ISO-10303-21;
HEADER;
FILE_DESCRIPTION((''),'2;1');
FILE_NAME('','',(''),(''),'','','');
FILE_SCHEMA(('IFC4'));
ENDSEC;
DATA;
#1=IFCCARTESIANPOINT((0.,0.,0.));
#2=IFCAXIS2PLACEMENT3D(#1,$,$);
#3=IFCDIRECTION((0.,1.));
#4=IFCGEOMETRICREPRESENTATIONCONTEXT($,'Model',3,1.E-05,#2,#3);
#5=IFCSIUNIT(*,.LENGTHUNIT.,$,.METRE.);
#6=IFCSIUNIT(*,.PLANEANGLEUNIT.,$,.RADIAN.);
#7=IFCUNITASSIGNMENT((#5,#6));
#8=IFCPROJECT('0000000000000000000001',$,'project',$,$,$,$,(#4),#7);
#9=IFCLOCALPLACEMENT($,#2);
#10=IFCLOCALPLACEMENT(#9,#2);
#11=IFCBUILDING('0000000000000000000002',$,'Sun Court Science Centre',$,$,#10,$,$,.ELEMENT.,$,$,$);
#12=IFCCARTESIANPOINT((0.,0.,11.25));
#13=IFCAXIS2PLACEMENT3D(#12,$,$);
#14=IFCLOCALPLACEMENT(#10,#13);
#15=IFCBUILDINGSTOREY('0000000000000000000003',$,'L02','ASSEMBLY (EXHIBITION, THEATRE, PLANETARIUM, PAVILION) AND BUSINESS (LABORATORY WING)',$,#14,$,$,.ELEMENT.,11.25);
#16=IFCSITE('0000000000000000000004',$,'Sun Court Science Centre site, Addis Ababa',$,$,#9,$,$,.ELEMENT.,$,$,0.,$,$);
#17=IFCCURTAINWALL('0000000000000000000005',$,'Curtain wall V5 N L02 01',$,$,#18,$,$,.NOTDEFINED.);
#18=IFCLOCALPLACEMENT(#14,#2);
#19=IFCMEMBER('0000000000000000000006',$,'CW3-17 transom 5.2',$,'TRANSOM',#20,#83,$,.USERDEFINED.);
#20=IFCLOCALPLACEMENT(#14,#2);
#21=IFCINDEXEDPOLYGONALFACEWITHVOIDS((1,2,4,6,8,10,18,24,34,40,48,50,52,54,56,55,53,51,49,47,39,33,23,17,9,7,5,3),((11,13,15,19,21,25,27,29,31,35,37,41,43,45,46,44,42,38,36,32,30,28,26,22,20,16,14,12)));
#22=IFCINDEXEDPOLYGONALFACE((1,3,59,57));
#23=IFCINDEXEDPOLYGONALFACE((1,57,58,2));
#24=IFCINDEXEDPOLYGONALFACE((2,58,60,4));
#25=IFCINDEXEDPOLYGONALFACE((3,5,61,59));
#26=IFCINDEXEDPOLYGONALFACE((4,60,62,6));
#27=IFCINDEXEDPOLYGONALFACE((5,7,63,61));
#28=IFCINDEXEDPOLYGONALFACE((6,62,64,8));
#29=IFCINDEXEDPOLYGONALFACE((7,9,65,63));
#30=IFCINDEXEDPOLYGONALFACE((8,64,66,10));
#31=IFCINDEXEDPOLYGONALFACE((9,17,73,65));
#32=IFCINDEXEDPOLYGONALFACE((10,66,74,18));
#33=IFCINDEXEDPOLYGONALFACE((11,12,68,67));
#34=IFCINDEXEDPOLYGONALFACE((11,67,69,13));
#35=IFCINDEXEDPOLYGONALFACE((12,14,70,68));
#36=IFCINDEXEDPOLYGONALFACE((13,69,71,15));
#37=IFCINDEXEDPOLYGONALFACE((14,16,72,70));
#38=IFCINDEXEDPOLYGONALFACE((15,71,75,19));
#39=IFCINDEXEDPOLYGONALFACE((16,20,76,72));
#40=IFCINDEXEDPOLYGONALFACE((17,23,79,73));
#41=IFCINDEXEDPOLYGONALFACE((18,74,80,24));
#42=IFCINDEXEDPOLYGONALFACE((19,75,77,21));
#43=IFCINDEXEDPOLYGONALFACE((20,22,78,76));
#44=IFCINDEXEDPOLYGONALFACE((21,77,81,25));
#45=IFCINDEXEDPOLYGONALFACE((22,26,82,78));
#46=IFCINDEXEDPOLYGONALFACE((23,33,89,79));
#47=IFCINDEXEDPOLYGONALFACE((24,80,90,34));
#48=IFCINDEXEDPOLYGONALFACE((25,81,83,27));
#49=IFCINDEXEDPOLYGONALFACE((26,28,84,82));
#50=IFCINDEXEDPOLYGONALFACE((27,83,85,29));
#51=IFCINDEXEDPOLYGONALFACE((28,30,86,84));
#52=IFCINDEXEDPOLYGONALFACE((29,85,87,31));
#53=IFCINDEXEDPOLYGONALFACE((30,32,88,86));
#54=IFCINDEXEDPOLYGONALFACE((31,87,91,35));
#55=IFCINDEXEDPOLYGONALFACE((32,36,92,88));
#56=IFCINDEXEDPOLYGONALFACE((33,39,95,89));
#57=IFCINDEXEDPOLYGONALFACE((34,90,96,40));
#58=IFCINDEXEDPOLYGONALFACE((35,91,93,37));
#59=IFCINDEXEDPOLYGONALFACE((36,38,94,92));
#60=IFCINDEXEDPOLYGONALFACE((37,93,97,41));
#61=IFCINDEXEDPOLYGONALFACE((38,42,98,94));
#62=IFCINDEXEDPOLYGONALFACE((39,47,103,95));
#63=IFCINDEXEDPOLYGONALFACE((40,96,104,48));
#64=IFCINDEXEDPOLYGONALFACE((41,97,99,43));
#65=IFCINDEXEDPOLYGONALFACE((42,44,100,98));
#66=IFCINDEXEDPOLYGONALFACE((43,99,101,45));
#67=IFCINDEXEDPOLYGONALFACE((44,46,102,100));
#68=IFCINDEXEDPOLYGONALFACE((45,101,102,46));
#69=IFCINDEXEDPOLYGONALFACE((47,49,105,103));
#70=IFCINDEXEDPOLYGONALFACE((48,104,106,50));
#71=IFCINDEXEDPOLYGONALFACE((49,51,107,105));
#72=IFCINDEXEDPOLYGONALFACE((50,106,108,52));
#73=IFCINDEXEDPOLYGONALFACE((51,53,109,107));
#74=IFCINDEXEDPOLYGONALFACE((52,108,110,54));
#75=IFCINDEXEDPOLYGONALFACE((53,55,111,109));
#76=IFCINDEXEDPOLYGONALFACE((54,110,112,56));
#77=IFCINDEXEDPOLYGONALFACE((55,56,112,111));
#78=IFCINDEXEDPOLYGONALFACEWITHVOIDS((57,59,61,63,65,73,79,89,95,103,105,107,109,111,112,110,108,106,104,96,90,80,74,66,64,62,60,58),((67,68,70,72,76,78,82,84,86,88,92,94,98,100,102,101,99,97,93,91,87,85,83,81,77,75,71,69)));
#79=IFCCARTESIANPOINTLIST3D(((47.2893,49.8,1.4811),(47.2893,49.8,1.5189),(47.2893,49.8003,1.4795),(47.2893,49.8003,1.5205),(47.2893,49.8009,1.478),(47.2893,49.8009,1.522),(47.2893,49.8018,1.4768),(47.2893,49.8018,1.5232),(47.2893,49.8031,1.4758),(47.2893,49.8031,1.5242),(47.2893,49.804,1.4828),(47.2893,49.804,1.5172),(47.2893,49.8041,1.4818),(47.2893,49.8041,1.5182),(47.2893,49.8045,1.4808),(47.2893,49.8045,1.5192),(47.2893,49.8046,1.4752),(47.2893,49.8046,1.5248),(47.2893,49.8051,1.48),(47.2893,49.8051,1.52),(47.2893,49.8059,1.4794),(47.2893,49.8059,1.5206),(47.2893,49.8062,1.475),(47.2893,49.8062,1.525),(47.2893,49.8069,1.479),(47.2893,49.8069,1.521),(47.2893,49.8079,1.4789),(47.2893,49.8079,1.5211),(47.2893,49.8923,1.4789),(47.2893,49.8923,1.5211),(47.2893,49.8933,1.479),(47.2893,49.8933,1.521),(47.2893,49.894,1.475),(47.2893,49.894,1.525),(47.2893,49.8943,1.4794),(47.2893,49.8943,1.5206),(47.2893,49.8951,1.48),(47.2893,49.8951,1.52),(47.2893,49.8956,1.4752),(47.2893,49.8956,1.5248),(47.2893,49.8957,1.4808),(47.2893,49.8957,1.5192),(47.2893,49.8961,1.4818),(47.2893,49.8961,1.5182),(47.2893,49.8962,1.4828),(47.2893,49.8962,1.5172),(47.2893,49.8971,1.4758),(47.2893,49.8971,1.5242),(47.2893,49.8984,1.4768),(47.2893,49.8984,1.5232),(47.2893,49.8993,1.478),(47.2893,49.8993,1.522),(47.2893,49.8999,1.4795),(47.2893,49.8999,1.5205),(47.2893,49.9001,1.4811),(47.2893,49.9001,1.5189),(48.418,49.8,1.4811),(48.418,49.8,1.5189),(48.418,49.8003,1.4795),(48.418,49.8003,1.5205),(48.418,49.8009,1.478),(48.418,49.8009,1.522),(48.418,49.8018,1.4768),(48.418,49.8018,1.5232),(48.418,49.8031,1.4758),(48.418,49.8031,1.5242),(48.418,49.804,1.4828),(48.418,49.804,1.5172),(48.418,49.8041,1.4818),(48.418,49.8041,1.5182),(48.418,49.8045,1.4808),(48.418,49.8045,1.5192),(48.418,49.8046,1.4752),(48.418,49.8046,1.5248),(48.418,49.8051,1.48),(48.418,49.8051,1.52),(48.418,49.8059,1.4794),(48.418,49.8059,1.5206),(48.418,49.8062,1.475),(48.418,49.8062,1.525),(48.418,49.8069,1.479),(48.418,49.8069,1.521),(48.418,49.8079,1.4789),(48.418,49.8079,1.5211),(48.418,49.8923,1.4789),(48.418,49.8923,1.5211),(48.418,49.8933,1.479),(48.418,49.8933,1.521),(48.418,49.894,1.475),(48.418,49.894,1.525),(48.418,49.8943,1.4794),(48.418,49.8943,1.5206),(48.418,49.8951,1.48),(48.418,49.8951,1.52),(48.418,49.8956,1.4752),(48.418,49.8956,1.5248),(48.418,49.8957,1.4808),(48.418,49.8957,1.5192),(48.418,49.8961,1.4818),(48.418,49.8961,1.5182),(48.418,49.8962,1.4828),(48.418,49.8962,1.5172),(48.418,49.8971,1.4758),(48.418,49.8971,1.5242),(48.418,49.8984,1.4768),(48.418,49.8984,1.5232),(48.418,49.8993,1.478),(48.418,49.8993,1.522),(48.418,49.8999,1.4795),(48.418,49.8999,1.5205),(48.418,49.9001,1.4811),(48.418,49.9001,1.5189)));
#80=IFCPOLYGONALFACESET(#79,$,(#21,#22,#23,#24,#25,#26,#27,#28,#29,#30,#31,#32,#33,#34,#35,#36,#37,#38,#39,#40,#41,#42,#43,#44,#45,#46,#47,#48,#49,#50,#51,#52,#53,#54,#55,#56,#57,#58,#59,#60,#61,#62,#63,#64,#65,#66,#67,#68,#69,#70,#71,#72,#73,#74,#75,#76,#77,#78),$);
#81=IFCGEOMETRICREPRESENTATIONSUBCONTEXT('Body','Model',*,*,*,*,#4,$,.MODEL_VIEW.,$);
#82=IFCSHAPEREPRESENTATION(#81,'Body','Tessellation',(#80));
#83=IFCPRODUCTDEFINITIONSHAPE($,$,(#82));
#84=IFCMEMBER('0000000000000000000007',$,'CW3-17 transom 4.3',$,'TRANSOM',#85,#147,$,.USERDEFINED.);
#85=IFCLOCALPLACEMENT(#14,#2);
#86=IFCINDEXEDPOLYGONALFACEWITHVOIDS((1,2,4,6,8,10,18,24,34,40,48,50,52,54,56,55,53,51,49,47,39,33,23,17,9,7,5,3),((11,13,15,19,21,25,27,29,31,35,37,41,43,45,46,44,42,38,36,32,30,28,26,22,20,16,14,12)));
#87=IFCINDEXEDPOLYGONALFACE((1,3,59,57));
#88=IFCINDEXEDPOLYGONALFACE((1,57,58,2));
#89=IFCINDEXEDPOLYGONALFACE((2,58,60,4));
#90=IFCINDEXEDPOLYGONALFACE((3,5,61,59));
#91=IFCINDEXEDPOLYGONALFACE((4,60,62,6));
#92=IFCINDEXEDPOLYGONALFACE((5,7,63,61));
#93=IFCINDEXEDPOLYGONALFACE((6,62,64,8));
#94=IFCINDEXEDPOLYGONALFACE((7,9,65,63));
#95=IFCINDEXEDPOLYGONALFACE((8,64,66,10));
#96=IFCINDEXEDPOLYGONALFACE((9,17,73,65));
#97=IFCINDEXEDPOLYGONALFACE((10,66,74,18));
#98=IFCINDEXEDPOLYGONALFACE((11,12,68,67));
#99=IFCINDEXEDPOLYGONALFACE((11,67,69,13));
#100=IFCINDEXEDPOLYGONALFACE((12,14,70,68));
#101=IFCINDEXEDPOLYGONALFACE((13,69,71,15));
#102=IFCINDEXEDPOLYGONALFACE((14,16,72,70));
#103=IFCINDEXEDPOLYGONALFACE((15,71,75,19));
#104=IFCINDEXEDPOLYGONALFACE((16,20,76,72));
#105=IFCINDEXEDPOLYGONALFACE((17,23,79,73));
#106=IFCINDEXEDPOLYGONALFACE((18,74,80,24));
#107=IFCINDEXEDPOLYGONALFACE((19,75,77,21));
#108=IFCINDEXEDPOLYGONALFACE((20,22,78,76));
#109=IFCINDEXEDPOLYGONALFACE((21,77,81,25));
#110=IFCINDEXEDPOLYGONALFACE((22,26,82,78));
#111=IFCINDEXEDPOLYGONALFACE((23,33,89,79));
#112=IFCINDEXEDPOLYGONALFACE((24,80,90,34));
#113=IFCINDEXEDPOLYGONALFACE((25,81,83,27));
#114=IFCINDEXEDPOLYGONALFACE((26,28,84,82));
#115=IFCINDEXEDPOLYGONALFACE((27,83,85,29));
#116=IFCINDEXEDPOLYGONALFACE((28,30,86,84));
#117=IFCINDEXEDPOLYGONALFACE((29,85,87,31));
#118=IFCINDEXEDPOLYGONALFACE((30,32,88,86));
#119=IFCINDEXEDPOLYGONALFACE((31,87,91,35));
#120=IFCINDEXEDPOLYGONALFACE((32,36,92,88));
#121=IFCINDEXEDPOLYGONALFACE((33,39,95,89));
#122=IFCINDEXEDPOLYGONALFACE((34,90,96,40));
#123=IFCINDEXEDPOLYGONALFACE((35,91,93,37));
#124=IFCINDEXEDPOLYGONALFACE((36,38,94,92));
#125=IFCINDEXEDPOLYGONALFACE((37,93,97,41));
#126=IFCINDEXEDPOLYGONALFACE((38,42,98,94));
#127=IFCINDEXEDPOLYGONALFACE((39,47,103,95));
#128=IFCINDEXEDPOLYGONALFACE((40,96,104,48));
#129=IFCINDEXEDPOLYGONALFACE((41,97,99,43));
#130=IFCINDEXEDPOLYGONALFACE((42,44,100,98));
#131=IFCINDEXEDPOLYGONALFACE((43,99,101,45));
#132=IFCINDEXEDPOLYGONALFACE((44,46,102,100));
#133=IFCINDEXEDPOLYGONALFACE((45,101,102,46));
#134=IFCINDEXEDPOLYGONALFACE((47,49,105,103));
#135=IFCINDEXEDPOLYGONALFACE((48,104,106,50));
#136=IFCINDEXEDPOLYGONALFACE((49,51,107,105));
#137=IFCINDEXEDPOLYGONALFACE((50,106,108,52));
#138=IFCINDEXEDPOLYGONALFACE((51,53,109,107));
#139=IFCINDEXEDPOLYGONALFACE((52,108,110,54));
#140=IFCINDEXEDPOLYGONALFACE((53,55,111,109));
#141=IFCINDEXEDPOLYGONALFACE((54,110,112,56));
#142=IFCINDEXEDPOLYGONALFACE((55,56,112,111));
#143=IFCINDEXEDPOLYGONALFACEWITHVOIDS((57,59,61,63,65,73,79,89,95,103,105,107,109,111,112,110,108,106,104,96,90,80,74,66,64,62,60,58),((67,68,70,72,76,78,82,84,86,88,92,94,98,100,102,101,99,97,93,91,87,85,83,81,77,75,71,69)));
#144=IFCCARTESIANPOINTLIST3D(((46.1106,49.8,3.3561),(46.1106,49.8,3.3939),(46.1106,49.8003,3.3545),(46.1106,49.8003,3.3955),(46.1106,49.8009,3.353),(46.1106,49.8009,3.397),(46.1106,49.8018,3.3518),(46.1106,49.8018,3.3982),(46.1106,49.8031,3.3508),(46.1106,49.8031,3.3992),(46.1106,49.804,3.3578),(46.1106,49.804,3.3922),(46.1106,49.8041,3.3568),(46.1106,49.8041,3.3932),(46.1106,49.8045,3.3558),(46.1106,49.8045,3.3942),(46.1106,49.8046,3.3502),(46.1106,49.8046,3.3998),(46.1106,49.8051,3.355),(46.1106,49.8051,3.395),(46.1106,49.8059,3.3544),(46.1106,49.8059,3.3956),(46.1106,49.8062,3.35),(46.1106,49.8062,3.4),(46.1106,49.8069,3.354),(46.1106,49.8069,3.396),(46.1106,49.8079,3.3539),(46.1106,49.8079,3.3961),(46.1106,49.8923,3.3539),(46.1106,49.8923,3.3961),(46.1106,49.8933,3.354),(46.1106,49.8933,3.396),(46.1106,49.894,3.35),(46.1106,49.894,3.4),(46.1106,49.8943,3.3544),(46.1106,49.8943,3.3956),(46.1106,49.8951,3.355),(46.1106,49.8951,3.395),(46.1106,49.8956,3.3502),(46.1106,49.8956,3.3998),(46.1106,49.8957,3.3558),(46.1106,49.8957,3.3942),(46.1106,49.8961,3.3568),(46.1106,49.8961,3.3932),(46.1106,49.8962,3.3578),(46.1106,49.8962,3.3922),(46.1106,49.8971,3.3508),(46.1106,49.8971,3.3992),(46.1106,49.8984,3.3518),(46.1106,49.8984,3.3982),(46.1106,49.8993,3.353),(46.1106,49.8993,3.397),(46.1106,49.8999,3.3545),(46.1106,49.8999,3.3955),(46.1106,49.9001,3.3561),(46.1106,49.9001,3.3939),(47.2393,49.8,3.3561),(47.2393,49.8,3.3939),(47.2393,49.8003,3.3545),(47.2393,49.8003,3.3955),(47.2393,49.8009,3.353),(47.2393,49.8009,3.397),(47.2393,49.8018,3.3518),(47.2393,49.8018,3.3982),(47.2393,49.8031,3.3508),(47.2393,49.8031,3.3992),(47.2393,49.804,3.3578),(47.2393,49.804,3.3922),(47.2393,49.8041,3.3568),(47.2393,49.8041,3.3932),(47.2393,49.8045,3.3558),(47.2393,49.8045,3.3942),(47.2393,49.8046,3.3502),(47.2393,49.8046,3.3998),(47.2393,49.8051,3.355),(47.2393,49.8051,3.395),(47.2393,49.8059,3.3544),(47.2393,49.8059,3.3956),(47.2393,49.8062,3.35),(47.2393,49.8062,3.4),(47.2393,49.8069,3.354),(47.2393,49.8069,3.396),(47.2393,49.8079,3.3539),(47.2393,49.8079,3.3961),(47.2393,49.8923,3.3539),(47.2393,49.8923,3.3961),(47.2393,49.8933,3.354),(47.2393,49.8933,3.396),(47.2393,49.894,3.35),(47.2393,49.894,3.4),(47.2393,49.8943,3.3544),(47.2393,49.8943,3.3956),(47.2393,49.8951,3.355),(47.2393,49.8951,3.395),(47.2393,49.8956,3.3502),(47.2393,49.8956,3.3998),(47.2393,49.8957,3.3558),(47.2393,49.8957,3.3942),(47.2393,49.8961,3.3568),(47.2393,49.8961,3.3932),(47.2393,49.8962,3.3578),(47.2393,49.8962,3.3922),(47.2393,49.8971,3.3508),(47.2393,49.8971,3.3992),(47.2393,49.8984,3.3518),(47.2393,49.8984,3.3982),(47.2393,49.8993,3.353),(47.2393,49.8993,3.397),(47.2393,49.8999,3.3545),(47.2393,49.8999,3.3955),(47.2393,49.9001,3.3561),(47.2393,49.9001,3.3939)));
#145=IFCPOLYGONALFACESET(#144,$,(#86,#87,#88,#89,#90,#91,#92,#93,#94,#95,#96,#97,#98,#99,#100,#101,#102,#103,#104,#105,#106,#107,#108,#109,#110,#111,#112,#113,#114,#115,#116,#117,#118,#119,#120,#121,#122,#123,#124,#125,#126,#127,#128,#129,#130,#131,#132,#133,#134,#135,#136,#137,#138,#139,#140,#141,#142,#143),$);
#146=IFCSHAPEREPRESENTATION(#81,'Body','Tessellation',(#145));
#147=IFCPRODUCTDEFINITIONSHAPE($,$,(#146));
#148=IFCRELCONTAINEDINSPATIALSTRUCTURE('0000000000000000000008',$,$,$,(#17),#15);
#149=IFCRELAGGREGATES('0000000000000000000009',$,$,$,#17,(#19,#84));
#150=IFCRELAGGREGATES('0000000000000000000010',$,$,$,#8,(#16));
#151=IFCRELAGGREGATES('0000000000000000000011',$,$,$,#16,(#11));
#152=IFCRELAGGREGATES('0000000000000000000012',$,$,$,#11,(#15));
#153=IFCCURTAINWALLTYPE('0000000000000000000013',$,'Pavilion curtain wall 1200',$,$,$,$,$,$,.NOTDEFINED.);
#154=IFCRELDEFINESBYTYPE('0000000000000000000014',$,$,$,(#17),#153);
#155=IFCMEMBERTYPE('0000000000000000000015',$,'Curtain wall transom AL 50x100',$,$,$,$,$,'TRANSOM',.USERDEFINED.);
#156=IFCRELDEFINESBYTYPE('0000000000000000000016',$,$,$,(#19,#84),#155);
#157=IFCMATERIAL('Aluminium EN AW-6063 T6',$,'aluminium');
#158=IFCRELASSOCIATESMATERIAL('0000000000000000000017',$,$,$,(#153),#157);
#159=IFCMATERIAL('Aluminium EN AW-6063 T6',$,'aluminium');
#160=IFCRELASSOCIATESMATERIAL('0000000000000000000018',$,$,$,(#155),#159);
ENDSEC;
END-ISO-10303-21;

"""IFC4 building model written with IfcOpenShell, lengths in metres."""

from ifc_helpers import new_model, si_unit, direction, frame, origin, origin_2d, place, context, subcontext, project, spatial, hollow_rectangle, extrude, material, material_profile, profile_set, type_object, element, aggregate, save


model = new_model("IFC4")

# Units and contexts
model_context = context("Model", 3, precision=1e-05, world=origin(), true_north=direction((0.0, 1.0)))
body_context = subcontext(model_context, "Body", "Model", "MODEL_VIEW")
ifc_project = project(units=[si_unit("LENGTHUNIT", "METRE"), si_unit("PLANEANGLEUNIT", "RADIAN")], contexts=[model_context])

# Site, building, storey
site_placement = place(None, origin())
site = spatial("IfcSite", under=ifc_project, at=site_placement, Name="Sun Court Science Centre site, Addis Ababa", CompositionType="ELEMENT", RefElevation=0.0)
building_placement = place(site_placement, origin())
building = spatial("IfcBuilding", under=site, at=building_placement, Name="Sun Court Science Centre", CompositionType="ELEMENT")
storey_placement = place(building_placement, frame((0.0, 0.0, 11.25)))
storey = spatial("IfcBuildingStorey", under=building, at=storey_placement, Name="L02", Description="ASSEMBLY (EXHIBITION, THEATRE, PLANETARIUM, PAVILION) AND BUSINESS (LABORATORY WING)", CompositionType="ELEMENT", Elevation=11.25)

# Shared definitions
ifc_material_1 = material(Name="Aluminium EN AW-6063 T6", Category="aluminium")
curtain_wall_type = type_object("IfcCurtainWallType", Name="Pavilion curtain wall 1200", PredefinedType="NOTDEFINED", material=ifc_material_1)

# Curtain wall, members
curtain_wall_1_placement = place(storey_placement, origin())
curtain_wall_1 = element("IfcCurtainWall", 1, at=curtain_wall_1_placement, inside=storey, type_object=curtain_wall_type, Name="Curtain wall V5 N L02 01", PredefinedType="NOTDEFINED")
ifc_material_2 = material(Name="Aluminium EN AW-6063 T6", Category="aluminium")
ifc_material_profile_1 = material_profile(ifc_material_2, hollow_rectangle(XDim=0.05, YDim=0.1001, WallThickness=0.0039, InnerFilletRadius=0.0039, OuterFilletRadius=0.0061, at=origin_2d()), Name="AL 50x100x4")
ifc_profile_set_1 = profile_set([ifc_material_profile_1], Name="Aluminium EN AW-6063 T6")
member_type_1 = type_object("IfcMemberType", Name="Curtain wall transom AL 50x100", ElementType="TRANSOM", PredefinedType="USERDEFINED", material=ifc_profile_set_1)
member_1_placement = place(storey_placement, frame((47.2893, 49.8501, 1.5), z_axis=(1.0, 0.0, 0.0), x_axis=(0.0, 0.0, 1.0)))
member_1 = element("IfcMember", 2, at=member_1_placement, type_object=member_type_1, Name="CW3-17 transom 5.2", ObjectType="TRANSOM", PredefinedType="USERDEFINED", context=body_context, shape_type="SweptSolid", body=[
    extrude(hollow_rectangle(XDim=0.05, YDim=0.1001, WallThickness=0.0039, InnerFilletRadius=0.0039, OuterFilletRadius=0.0061, at=origin_2d()), origin(), (0.0, 0.0, 1.0), 1.1287),
])
member_2_placement = place(storey_placement, frame((46.1106, 49.8501, 3.375), z_axis=(1.0, 0.0, 0.0), x_axis=(0.0, 0.0, 1.0)))
member_2 = element("IfcMember", 3, at=member_2_placement, type_object=member_type_1, Name="CW3-17 transom 4.3", ObjectType="TRANSOM", PredefinedType="USERDEFINED", context=body_context, shape_type="SweptSolid", body=[
    extrude(hollow_rectangle(XDim=0.05, YDim=0.1001, WallThickness=0.0039, InnerFilletRadius=0.0039, OuterFilletRadius=0.0061, at=origin_2d()), origin(), (0.0, 0.0, 1.0), 1.1287),
])

aggregate(curtain_wall_1, [member_1, member_2])

save(model, "model.ifc")
